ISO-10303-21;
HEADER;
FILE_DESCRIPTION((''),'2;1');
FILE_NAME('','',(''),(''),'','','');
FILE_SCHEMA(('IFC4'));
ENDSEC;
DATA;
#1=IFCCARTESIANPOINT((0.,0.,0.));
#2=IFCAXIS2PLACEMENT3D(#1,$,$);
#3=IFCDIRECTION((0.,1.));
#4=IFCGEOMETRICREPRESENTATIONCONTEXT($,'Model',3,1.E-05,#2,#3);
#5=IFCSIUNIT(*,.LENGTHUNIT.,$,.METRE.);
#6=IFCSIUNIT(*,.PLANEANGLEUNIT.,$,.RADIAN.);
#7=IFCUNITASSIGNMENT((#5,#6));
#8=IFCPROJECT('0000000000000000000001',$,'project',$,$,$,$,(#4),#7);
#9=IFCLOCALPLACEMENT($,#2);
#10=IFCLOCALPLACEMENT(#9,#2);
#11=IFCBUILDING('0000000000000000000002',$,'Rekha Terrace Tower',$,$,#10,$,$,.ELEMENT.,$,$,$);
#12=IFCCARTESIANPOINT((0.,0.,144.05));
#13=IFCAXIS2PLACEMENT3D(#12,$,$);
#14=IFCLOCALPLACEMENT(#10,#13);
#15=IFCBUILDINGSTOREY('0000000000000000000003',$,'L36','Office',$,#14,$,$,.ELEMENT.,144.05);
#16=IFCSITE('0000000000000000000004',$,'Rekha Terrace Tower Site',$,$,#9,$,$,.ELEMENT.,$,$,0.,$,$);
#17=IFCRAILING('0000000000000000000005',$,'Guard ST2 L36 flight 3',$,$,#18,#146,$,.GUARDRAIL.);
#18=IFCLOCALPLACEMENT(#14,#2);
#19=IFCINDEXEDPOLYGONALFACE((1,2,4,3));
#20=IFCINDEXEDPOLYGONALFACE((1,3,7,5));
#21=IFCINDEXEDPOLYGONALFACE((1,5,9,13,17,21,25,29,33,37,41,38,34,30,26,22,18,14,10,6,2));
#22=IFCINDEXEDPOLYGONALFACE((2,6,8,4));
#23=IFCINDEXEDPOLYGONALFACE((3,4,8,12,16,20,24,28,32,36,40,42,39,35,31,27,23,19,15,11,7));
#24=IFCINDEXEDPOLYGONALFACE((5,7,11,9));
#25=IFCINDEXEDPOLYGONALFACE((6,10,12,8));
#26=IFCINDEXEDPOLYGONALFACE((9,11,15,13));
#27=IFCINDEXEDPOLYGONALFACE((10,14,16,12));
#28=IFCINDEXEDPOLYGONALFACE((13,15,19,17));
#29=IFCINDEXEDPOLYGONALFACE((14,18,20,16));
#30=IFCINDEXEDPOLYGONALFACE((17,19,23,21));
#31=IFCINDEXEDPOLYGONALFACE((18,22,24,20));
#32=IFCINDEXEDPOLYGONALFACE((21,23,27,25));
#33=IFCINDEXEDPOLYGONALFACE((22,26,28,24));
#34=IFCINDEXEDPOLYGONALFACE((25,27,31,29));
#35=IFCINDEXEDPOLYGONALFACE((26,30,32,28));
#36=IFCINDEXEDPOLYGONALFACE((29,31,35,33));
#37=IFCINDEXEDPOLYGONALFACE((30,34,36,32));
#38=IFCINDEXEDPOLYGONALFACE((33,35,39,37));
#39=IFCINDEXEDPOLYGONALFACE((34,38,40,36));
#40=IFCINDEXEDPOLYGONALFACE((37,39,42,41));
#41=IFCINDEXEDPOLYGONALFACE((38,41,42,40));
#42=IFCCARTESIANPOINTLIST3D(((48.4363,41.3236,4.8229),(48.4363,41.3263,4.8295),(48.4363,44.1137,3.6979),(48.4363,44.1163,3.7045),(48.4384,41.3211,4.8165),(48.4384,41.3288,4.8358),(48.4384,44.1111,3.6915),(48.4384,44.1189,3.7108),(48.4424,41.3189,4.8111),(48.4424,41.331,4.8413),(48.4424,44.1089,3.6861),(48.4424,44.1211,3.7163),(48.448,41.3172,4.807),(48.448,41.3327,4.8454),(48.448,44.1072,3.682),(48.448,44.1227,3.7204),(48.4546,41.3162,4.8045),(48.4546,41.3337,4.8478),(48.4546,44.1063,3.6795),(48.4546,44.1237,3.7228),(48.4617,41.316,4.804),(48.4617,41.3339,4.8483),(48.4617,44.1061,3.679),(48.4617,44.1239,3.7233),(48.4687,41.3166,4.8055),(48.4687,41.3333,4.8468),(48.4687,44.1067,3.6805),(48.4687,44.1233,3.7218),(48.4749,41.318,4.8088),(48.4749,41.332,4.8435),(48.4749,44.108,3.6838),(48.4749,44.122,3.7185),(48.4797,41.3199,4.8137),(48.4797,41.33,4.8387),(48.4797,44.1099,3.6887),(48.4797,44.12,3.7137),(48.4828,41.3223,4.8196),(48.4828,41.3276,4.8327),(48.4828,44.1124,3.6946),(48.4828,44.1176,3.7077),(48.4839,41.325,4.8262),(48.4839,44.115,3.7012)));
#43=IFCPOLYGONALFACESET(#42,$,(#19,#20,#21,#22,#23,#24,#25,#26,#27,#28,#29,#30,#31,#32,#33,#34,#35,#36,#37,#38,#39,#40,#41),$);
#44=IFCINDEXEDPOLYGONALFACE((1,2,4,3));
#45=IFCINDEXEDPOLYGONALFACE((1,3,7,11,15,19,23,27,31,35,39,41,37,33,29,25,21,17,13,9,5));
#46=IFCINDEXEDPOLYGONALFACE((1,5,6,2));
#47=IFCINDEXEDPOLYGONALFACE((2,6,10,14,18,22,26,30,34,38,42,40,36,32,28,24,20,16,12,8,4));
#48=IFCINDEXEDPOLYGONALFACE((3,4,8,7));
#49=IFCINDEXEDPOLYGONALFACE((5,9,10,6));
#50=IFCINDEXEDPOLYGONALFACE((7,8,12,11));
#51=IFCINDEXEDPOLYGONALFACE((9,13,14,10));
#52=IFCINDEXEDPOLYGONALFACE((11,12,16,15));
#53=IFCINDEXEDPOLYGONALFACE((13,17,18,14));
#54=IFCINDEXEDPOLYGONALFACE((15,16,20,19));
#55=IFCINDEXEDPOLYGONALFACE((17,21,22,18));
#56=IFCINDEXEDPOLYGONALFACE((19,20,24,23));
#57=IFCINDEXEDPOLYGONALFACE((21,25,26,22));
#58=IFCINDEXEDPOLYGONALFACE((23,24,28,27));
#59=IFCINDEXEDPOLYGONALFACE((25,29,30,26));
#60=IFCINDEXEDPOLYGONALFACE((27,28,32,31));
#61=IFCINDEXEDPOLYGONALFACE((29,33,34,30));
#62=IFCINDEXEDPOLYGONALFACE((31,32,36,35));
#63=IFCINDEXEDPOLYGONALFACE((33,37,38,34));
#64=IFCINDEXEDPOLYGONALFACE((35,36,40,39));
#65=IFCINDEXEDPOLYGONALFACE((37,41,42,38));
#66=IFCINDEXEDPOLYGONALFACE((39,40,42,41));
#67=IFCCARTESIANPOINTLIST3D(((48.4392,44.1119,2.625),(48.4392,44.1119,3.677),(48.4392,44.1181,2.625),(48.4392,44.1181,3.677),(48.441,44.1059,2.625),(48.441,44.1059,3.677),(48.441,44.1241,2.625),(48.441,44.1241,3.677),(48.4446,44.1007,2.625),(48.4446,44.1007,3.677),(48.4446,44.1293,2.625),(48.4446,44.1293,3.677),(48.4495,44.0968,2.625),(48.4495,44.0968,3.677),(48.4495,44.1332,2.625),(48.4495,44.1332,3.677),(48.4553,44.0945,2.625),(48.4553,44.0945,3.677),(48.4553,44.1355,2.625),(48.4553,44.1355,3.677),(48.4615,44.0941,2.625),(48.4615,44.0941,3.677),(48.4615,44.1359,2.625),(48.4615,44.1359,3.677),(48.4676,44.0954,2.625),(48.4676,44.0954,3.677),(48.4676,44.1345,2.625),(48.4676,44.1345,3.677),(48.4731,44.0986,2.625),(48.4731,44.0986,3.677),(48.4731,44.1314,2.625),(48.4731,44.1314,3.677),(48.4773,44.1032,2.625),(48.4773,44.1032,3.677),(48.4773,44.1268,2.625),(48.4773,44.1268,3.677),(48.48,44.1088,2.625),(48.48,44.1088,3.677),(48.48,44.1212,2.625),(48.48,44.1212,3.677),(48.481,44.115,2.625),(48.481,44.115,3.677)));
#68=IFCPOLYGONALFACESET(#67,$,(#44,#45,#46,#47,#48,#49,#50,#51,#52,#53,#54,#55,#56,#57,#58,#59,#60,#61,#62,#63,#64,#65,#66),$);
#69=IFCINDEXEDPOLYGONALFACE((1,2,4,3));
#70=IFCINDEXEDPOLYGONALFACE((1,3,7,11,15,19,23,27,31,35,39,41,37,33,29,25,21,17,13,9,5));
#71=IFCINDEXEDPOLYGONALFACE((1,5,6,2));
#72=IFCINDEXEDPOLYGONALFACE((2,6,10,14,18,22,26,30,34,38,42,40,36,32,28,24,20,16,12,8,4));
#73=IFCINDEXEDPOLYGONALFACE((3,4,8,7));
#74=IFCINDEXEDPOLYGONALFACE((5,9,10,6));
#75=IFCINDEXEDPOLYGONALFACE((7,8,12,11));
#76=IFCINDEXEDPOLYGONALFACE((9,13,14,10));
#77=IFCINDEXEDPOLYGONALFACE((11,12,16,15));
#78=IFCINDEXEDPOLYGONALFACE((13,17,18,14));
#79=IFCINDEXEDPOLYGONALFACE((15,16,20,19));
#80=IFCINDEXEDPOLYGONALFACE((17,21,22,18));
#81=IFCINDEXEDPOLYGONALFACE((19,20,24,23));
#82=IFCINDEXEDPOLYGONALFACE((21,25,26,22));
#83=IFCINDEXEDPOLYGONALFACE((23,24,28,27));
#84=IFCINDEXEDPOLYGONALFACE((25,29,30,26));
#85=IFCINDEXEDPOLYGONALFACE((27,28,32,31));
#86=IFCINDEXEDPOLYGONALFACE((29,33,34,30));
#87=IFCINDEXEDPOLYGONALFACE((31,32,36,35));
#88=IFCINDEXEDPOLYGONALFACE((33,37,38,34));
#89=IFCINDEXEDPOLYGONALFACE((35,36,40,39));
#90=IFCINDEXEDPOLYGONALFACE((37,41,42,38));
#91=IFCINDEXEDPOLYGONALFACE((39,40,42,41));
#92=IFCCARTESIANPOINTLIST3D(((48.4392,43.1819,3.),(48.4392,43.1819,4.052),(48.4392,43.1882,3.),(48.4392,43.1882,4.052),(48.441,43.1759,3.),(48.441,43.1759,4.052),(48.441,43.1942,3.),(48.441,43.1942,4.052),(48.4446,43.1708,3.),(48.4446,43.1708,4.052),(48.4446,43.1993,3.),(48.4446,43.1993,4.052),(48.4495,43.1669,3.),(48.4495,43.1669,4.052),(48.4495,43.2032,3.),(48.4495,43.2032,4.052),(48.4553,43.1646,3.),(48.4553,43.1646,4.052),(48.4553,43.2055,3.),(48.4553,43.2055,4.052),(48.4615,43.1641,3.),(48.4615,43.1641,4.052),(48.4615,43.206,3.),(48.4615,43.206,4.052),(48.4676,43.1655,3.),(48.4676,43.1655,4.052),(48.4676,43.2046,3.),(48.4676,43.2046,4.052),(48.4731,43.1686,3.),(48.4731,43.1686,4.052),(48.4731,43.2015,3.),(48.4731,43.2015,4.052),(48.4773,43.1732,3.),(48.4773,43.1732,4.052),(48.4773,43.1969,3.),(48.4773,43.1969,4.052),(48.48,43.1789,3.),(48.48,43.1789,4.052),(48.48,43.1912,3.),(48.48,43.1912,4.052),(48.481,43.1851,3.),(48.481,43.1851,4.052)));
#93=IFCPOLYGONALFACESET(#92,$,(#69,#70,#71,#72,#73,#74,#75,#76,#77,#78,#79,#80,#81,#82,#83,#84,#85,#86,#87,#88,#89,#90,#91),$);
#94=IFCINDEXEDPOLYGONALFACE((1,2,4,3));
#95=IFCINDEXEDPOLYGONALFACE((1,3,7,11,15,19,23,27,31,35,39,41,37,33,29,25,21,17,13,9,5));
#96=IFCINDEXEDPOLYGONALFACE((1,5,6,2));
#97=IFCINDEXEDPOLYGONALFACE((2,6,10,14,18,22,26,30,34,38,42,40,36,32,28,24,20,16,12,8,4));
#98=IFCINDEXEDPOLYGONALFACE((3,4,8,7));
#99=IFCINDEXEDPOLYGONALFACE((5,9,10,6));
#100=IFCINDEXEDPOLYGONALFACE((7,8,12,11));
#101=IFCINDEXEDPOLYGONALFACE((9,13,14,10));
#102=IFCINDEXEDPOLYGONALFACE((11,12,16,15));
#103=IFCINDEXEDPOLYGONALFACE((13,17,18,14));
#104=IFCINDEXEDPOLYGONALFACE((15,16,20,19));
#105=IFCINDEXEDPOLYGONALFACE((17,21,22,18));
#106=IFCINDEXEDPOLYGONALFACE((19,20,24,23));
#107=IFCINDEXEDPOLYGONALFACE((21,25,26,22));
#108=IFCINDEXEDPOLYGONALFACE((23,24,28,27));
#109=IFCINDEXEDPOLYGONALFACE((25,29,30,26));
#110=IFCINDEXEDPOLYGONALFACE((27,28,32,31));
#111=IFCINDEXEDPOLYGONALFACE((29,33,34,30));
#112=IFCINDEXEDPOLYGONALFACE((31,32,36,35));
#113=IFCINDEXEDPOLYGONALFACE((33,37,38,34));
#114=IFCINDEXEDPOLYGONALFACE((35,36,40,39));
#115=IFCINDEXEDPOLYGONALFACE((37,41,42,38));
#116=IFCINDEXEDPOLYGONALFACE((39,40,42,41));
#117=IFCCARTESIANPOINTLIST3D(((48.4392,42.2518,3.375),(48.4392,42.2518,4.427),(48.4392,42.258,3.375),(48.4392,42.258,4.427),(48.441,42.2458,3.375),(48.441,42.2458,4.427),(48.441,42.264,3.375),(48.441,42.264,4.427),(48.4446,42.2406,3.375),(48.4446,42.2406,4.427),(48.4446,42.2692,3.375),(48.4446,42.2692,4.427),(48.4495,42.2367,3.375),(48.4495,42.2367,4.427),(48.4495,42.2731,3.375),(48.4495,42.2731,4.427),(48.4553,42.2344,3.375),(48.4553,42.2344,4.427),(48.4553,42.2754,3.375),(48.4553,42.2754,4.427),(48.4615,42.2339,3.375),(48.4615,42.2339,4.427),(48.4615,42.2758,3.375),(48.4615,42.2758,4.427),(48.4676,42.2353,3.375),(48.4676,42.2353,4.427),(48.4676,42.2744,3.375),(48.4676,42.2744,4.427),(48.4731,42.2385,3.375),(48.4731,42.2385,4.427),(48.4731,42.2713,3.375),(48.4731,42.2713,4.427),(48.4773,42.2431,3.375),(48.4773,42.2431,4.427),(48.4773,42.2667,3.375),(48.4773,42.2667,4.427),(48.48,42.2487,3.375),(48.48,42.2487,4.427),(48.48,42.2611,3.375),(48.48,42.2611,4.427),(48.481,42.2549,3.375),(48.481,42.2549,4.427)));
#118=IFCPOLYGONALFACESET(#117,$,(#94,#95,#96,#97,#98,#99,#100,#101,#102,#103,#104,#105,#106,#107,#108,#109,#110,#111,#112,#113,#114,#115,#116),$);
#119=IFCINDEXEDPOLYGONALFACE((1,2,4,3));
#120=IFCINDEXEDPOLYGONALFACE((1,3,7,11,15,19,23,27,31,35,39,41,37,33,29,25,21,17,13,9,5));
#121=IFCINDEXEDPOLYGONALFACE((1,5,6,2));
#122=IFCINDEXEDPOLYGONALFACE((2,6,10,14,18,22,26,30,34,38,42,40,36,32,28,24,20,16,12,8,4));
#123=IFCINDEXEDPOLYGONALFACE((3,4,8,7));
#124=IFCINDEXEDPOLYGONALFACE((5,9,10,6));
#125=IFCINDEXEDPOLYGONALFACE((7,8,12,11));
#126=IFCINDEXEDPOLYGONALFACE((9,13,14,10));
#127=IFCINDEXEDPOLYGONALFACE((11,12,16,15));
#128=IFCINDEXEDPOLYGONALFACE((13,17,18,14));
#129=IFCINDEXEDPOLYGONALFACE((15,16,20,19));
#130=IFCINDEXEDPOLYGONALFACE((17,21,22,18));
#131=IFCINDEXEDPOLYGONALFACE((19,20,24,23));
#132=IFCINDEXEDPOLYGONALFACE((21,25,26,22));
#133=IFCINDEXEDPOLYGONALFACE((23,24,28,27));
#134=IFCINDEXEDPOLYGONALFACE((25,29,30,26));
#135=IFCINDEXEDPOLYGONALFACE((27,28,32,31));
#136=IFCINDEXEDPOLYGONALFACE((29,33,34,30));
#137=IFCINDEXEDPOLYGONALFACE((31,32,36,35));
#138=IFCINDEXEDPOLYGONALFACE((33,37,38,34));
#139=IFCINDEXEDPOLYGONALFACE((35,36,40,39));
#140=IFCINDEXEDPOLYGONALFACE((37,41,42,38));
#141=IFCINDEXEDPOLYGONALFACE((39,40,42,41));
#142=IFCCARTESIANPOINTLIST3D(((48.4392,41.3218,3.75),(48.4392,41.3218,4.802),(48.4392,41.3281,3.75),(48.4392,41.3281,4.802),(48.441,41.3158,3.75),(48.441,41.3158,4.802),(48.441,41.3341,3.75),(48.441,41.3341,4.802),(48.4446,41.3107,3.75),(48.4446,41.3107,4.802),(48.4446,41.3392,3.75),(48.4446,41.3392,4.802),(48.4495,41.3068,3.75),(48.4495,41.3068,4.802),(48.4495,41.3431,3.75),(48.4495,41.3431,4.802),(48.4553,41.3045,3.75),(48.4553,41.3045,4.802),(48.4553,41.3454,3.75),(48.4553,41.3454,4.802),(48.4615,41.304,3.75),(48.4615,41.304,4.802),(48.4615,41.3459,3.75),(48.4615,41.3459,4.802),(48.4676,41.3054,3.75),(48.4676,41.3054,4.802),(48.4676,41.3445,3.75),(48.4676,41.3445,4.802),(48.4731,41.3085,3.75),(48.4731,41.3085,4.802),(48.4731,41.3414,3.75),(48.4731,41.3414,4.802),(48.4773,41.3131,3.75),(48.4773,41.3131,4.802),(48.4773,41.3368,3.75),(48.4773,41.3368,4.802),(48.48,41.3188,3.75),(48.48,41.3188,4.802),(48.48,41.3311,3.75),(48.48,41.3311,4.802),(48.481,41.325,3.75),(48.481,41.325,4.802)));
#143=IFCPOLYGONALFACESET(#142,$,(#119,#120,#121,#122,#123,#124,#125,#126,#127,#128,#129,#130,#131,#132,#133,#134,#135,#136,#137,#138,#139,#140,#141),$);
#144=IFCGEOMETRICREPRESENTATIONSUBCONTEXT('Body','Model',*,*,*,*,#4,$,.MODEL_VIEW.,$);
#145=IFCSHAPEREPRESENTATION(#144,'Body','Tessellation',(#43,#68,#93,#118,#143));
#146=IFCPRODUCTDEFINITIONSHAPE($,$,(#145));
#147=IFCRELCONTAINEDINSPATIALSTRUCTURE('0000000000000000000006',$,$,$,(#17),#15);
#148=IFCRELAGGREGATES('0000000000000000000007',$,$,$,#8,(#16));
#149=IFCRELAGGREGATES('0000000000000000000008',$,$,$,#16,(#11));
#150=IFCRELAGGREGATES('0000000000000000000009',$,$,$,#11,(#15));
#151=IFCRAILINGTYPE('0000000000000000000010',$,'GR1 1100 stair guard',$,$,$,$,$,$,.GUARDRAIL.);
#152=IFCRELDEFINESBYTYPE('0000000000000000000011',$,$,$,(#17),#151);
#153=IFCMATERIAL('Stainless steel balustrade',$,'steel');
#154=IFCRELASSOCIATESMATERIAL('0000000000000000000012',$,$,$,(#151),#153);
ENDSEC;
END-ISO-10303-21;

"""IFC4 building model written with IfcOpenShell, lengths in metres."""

from ifc_helpers import new_model, si_unit, direction, frame, origin, origin_2d, place, context, subcontext, project, spatial, circle, extrude, material, type_object, element, save


model = new_model("IFC4")

# Units and contexts
model_context = context("Model", 3, precision=1e-05, world=origin(), true_north=direction((0.0, 1.0)))
body_context = subcontext(model_context, "Body", "Model", "MODEL_VIEW")
ifc_project = project(units=[si_unit("LENGTHUNIT", "METRE"), si_unit("PLANEANGLEUNIT", "RADIAN")], contexts=[model_context])

# Site, building, storey
site_placement = place(None, origin())
site = spatial("IfcSite", under=ifc_project, at=site_placement, Name="Rekha Terrace Tower Site", CompositionType="ELEMENT", RefElevation=0.0)
building_placement = place(site_placement, origin())
building = spatial("IfcBuilding", under=site, at=building_placement, Name="Rekha Terrace Tower", CompositionType="ELEMENT")
storey_placement = place(building_placement, frame((0.0, 0.0, 144.05)))
storey = spatial("IfcBuildingStorey", under=building, at=storey_placement, Name="L36", Description="Office", CompositionType="ELEMENT", Elevation=144.05)

# Railing
ifc_material_1 = material(Name="Stainless steel balustrade", Category="steel")
railing_type_1 = type_object("IfcRailingType", Name="GR1 1100 stair guard", PredefinedType="GUARDRAIL", material=ifc_material_1)
railing_1_placement = place(storey_placement, frame((48.46, 44.115, 2.625)))
element("IfcRailing", 1, at=railing_1_placement, inside=storey, type_object=railing_type_1, Name="Guard ST2 L36 flight 3", PredefinedType="GUARDRAIL", context=body_context, shape_type="SweptSolid", body=[
    extrude(circle(Radius=0.0239, at=origin_2d()), frame((0.0, 0.0, 1.0762), z_axis=(0.0, -0.927443, 0.373964), x_axis=(1.0, 0.0, 0.0)), (0.0, 0.0, 1.0), 3.0083),
    extrude(circle(Radius=0.021, at=origin_2d()), origin(), (0.0, 0.0, 1.0), 1.052),
    extrude(circle(Radius=0.021, at=origin_2d()), frame((0.0, -0.9299, 0.375)), (0.0, 0.0, 1.0), 1.052),
    extrude(circle(Radius=0.021, at=origin_2d()), frame((0.0, -1.8601, 0.75)), (0.0, 0.0, 1.0), 1.052),
    extrude(circle(Radius=0.021, at=origin_2d()), frame((0.0, -2.79, 1.125)), (0.0, 0.0, 1.0), 1.052),
])

save(model, "model.ifc")
